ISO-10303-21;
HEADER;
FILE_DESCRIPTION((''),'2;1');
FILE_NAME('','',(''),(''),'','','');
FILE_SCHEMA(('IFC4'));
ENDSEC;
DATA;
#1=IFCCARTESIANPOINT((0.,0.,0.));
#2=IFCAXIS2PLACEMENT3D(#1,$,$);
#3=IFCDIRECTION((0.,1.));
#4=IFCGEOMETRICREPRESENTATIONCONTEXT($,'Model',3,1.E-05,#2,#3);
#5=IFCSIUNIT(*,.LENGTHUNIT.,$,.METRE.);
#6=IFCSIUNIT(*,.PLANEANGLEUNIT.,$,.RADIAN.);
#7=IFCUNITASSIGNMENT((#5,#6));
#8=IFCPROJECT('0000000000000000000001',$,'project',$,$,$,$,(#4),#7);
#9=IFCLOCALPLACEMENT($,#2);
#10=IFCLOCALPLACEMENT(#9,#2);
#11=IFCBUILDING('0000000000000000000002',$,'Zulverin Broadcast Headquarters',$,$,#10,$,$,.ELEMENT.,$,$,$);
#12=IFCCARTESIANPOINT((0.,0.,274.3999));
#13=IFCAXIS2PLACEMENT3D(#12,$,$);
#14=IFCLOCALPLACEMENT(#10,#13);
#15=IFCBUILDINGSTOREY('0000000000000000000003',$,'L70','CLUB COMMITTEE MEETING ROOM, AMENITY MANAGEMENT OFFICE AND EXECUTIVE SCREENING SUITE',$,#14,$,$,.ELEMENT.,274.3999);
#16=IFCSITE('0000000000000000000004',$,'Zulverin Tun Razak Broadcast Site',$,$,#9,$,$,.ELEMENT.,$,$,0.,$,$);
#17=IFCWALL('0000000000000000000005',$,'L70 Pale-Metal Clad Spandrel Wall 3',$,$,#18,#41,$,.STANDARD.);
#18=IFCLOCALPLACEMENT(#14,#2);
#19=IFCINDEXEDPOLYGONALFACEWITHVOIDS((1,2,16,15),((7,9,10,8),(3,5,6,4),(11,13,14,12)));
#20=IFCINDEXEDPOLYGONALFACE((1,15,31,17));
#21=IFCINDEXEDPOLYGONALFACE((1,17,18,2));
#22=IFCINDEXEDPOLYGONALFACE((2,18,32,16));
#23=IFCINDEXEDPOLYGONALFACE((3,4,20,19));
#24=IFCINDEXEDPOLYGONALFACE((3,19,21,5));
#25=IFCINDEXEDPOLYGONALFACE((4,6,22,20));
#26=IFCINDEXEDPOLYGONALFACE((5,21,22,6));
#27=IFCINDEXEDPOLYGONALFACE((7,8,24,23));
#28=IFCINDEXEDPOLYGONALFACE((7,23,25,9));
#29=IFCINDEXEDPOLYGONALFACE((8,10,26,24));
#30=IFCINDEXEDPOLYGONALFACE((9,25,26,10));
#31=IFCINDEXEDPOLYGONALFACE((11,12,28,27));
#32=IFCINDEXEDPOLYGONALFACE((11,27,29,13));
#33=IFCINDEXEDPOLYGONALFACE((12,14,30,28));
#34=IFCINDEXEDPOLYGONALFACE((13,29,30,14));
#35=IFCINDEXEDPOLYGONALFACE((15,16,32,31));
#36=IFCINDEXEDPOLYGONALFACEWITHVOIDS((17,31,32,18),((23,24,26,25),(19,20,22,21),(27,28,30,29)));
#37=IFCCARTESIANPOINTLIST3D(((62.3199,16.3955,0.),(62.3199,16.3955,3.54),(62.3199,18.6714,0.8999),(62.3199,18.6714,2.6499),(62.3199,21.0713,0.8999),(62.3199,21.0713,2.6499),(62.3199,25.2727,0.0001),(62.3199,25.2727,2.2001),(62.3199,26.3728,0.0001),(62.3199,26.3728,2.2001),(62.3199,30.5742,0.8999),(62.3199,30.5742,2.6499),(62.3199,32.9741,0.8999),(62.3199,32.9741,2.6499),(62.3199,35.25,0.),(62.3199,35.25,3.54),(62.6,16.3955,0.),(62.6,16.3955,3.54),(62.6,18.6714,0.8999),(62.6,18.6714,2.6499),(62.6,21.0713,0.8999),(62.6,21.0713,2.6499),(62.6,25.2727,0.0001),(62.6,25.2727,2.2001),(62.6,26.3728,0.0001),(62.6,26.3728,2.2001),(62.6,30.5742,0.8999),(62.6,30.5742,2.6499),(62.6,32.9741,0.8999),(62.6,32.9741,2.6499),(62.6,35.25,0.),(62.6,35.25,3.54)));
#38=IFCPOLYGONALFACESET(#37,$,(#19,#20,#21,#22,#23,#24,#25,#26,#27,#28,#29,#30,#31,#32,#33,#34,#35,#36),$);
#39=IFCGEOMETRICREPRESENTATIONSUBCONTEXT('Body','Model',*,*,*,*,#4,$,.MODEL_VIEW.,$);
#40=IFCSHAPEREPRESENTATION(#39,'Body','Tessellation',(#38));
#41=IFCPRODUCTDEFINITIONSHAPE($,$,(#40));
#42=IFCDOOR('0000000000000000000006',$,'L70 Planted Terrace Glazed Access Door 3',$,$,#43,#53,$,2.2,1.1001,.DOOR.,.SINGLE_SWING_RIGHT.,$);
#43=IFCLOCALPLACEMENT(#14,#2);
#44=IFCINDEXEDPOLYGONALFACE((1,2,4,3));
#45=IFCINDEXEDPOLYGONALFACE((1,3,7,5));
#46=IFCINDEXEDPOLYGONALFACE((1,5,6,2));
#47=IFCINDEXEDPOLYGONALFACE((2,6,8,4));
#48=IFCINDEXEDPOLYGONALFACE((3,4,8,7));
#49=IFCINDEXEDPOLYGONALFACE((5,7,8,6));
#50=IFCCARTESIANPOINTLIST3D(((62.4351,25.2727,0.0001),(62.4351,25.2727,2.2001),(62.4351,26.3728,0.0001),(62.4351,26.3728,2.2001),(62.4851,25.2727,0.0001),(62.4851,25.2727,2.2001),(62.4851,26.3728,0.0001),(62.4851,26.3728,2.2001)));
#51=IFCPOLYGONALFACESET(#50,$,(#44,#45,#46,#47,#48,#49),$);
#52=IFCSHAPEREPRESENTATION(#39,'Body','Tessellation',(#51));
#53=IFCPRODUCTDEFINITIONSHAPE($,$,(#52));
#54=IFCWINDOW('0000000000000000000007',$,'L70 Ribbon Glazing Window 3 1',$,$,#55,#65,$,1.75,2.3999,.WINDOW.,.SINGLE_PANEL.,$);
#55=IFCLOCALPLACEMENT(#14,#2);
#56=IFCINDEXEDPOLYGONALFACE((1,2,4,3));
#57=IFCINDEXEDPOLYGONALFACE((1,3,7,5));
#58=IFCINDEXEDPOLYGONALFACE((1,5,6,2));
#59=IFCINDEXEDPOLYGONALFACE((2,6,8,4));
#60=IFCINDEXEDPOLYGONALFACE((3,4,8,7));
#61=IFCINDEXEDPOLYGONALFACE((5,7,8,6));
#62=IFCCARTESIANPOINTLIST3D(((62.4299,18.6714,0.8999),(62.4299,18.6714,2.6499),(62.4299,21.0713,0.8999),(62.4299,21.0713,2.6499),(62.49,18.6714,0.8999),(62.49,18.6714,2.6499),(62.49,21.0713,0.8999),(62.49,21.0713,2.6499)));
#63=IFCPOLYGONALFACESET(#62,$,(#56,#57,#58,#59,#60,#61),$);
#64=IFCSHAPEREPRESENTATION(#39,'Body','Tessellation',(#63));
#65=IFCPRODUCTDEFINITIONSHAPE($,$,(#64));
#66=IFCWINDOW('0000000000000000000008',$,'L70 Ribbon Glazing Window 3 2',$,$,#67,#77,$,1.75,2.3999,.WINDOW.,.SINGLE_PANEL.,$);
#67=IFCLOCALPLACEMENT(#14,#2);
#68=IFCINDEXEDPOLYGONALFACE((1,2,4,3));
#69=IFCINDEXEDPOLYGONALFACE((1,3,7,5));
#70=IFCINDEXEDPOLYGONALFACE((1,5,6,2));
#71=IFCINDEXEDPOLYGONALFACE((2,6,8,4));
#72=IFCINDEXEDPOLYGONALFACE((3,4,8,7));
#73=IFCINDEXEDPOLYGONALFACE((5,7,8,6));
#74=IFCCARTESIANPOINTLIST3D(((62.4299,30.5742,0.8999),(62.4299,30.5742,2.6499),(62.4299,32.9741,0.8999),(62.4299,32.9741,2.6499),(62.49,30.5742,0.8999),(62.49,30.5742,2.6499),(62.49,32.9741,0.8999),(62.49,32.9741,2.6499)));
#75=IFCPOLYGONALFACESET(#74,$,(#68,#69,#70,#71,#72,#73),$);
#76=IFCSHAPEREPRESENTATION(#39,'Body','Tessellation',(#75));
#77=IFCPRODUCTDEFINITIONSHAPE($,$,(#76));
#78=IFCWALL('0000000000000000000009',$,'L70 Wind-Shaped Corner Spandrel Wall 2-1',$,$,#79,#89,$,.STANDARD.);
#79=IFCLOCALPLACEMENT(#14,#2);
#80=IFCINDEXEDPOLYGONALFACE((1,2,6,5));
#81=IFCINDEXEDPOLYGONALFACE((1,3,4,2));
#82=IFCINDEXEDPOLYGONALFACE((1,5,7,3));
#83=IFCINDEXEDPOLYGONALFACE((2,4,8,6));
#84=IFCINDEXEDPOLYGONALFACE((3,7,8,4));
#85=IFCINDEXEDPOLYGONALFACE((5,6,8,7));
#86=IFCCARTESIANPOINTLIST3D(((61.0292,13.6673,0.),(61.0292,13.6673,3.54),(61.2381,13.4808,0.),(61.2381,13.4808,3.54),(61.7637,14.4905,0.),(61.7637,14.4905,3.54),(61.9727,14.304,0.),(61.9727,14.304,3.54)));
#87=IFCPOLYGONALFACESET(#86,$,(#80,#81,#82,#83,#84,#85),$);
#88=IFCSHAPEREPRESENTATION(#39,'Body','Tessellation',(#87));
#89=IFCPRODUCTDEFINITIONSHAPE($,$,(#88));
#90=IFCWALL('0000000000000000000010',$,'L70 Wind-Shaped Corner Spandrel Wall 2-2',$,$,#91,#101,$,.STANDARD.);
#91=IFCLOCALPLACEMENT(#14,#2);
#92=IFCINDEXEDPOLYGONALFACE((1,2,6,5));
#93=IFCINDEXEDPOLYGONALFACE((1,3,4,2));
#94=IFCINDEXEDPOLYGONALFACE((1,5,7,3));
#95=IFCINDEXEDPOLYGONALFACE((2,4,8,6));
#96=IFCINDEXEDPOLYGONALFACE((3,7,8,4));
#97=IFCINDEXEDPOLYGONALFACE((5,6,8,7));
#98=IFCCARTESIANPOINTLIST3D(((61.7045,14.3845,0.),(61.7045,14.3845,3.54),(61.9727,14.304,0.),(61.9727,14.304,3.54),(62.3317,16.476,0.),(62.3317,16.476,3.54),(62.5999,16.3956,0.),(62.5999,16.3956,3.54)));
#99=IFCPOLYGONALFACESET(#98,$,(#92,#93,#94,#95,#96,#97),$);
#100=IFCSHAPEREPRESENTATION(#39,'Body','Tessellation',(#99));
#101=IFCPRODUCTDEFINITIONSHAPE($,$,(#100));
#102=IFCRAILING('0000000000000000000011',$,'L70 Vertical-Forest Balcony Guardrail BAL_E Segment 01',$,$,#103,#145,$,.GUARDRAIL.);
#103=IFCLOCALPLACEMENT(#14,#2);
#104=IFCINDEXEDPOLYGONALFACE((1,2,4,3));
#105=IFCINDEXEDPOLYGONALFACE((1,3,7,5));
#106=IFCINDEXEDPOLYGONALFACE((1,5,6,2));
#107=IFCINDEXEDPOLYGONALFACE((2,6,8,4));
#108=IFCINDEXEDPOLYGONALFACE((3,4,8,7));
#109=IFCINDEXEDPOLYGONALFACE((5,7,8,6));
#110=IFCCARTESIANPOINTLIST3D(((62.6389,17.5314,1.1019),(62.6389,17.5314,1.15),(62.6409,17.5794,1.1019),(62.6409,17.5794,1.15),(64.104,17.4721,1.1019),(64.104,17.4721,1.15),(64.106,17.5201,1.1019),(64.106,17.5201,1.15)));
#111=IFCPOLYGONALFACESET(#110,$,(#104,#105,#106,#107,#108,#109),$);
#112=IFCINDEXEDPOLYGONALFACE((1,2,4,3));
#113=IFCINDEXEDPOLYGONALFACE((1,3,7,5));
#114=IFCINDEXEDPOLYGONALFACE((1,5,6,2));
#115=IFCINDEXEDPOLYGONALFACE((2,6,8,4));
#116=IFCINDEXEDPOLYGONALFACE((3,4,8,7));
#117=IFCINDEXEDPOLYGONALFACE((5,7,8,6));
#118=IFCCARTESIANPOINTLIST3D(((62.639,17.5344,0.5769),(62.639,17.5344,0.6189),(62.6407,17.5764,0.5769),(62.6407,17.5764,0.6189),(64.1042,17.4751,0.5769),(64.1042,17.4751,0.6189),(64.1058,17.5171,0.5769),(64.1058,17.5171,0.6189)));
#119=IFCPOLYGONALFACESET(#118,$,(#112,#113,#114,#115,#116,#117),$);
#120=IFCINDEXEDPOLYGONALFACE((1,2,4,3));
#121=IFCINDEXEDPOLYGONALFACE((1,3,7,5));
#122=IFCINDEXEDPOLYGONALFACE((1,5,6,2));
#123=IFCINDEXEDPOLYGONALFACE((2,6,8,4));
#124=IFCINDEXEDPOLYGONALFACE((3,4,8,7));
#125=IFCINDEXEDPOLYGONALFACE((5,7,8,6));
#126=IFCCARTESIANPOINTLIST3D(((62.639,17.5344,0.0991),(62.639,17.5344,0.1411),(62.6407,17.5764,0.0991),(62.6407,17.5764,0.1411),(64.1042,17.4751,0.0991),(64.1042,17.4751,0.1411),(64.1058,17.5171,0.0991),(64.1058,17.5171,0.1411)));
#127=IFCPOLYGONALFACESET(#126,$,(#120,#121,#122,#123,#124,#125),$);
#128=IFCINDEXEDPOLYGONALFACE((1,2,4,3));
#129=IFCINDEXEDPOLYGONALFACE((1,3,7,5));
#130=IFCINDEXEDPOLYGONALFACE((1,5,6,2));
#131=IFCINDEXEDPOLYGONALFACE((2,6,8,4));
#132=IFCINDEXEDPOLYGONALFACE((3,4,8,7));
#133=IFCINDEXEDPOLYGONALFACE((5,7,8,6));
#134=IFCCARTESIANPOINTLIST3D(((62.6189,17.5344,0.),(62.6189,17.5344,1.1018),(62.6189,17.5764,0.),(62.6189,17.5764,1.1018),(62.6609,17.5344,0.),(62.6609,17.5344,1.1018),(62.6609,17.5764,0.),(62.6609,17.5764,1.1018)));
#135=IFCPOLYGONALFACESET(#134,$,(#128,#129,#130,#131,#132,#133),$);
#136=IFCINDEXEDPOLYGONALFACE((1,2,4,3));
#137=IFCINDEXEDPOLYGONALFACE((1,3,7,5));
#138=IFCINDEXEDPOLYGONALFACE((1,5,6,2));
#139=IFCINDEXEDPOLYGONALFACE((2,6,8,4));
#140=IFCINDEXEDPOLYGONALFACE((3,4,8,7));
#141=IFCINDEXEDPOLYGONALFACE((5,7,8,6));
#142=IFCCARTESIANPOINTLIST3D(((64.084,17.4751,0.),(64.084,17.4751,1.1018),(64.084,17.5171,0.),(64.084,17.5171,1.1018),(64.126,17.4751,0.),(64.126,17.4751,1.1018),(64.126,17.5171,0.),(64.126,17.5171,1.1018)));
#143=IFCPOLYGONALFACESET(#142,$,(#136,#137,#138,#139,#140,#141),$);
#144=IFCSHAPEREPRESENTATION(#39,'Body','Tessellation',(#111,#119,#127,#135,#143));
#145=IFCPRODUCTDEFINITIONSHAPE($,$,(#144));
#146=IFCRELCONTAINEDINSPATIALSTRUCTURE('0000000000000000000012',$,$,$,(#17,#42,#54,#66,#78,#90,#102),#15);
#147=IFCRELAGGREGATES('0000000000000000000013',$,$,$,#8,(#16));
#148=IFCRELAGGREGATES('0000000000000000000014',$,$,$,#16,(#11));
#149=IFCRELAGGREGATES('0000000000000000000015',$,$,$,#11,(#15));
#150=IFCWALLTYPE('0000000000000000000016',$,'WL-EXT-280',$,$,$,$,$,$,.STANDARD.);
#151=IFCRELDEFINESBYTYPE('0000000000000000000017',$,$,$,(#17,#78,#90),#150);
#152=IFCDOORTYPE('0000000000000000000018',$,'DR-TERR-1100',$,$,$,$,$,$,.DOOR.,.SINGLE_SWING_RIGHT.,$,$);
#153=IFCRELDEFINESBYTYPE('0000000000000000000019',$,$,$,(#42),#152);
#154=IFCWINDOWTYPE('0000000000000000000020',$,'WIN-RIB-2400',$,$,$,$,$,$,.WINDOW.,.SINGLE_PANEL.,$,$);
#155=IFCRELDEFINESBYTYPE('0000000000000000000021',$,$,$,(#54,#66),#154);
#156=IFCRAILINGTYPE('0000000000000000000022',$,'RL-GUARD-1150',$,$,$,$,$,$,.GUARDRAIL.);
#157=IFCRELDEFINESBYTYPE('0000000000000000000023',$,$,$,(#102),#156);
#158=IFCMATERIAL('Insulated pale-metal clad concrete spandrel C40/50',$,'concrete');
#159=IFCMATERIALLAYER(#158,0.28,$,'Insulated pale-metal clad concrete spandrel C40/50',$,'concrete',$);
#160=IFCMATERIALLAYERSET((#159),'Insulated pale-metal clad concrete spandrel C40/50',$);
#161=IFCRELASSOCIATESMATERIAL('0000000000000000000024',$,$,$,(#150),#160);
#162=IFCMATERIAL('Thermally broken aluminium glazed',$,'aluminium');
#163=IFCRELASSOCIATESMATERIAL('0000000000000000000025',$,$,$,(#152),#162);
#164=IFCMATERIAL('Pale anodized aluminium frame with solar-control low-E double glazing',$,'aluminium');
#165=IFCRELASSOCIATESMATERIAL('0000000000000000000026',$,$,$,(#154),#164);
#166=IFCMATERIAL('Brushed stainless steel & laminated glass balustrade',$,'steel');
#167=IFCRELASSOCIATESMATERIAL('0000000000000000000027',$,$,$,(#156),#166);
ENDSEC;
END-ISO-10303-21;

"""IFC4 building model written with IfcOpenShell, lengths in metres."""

from ifc_helpers import new_model, si_unit, direction, frame, frame_2d, origin, origin_2d, place, context, subcontext, project, spatial, rectangle, extrude, material, layer, layer_set, type_object, element, fill, save


model = new_model("IFC4")

# Units and contexts
model_context = context("Model", 3, precision=1e-05, world=origin(), true_north=direction((0.0, 1.0)))
body_context = subcontext(model_context, "Body", "Model", "MODEL_VIEW")
ifc_project = project(units=[si_unit("LENGTHUNIT", "METRE"), si_unit("PLANEANGLEUNIT", "RADIAN")], contexts=[model_context])

# Site, building, storey
site_placement = place(None, origin())
site = spatial("IfcSite", under=ifc_project, at=site_placement, Name="Zulverin Tun Razak Broadcast Site", CompositionType="ELEMENT", RefElevation=0.0)
building_placement = place(site_placement, origin())
building = spatial("IfcBuilding", under=site, at=building_placement, Name="Zulverin Broadcast Headquarters", CompositionType="ELEMENT")
storey_placement = place(building_placement, frame((0.0, 0.0, 274.3999)))
storey = spatial("IfcBuildingStorey", under=building, at=storey_placement, Name="L70", Description="CLUB COMMITTEE MEETING ROOM, AMENITY MANAGEMENT OFFICE AND EXECUTIVE SCREENING SUITE", CompositionType="ELEMENT", Elevation=274.3999)

# Wall, openings, door, windows
ifc_material_1 = material(Name="Insulated pale-metal clad concrete spandrel C40/50", Category="concrete")
ifc_layer_1 = layer(ifc_material_1, 0.28, Name="Insulated pale-metal clad concrete spandrel C40/50", Category="concrete")
ifc_layer_set_1 = layer_set([ifc_layer_1], Name="Insulated pale-metal clad concrete spandrel C40/50")
wall_type = type_object("IfcWallType", Name="WL-EXT-280", PredefinedType="STANDARD", material=ifc_layer_set_1)
wall_1_placement = place(storey_placement, frame((62.46, 16.3955, 0.0), z_axis=(0.0, 0.0, 1.0), x_axis=(0.0, 1.0, 0.0)))
wall_1 = element("IfcWall", 1, at=wall_1_placement, inside=storey, type_object=wall_type, Name="L70 Pale-Metal Clad Spandrel Wall 3", PredefinedType="STANDARD", context=body_context, shape_type="SweptSolid", body=[
    extrude(rectangle(XDim=18.8545, YDim=0.28, at=frame_2d((9.4272, 0.0))), origin(), (0.0, 0.0, 1.0), 3.54),
])
opening_1_placement = place(wall_1_placement, frame((8.8772, 0.0, 0.0)))
opening_1 = element("IfcOpeningElement", 2, at=opening_1_placement, cuts=wall_1, PredefinedType="OPENING", context=body_context, shape_type="SweptSolid", body=[
    extrude(rectangle(XDim=1.1001, YDim=2.2, at=frame_2d((0.55, 1.1001))), frame((0.0, 0.1499, 0.0), z_axis=(0.0, -1.0, 0.0), x_axis=(1.0, 0.0, 0.0)), (0.0, 0.0, 1.0), 0.3),
])
opening_2_placement = place(wall_1_placement, frame((2.2759, 0.0, 0.8999)))
opening_2 = element("IfcOpeningElement", 3, at=opening_2_placement, cuts=wall_1, PredefinedType="OPENING", context=body_context, shape_type="SweptSolid", body=[
    extrude(rectangle(XDim=2.3999, YDim=1.75, at=frame_2d((1.2, 0.875))), frame((0.0, 0.1499, 0.0), z_axis=(0.0, -1.0, 0.0), x_axis=(1.0, 0.0, 0.0)), (0.0, 0.0, 1.0), 0.3),
])
opening_3_placement = place(wall_1_placement, frame((14.1787, 0.0, 0.8999)))
opening_3 = element("IfcOpeningElement", 4, at=opening_3_placement, cuts=wall_1, PredefinedType="OPENING", context=body_context, shape_type="SweptSolid", body=[
    extrude(rectangle(XDim=2.3999, YDim=1.75, at=frame_2d((1.2, 0.875))), frame((0.0, 0.1499, 0.0), z_axis=(0.0, -1.0, 0.0), x_axis=(1.0, 0.0, 0.0)), (0.0, 0.0, 1.0), 0.3),
])
ifc_material_2 = material(Name="Thermally broken aluminium glazed", Category="aluminium")
door_type = type_object("IfcDoorType", Name="DR-TERR-1100", OperationType="SINGLE_SWING_RIGHT", PredefinedType="DOOR", material=ifc_material_2)
door_placement = place(opening_1_placement, origin())
door = element("IfcDoor", 5, at=door_placement, inside=storey, type_object=door_type, Name="L70 Planted Terrace Glazed Access Door 3", OperationType="SINGLE_SWING_RIGHT", OverallHeight=2.2, OverallWidth=1.1001, PredefinedType="DOOR", context=body_context, shape_type="SweptSolid", body=[
    extrude(rectangle(XDim=1.1001, YDim=2.2, at=frame_2d((0.55, 1.1001))), frame((0.0, 0.0249, 0.0), z_axis=(0.0, -1.0, 0.0), x_axis=(1.0, 0.0, 0.0)), (0.0, 0.0, 1.0), 0.05),
])
fill(opening_1, door)
ifc_material_3 = material(Name="Pale anodized aluminium frame with solar-control low-E double glazing", Category="aluminium")
window_type = type_object("IfcWindowType", Name="WIN-RIB-2400", PartitioningType="SINGLE_PANEL", PredefinedType="WINDOW", material=ifc_material_3)
window_1_placement = place(opening_2_placement, origin())
window_1 = element("IfcWindow", 6, at=window_1_placement, inside=storey, type_object=window_type, Name="L70 Ribbon Glazing Window 3 1", OverallHeight=1.75, OverallWidth=2.3999, PartitioningType="SINGLE_PANEL", PredefinedType="WINDOW", context=body_context, shape_type="SweptSolid", body=[
    extrude(rectangle(XDim=2.3999, YDim=1.75, at=frame_2d((1.2, 0.875))), frame((0.0, 0.03, 0.0), z_axis=(0.0, -1.0, 0.0), x_axis=(1.0, 0.0, 0.0)), (0.0, 0.0, 1.0), 0.0601),
])
fill(opening_2, window_1)
window_2_placement = place(opening_3_placement, origin())
window_2 = element("IfcWindow", 7, at=window_2_placement, inside=storey, type_object=window_type, Name="L70 Ribbon Glazing Window 3 2", OverallHeight=1.75, OverallWidth=2.3999, PartitioningType="SINGLE_PANEL", PredefinedType="WINDOW", context=body_context, shape_type="SweptSolid", body=[
    extrude(rectangle(XDim=2.3999, YDim=1.75, at=frame_2d((1.2, 0.875))), frame((0.0, 0.03, 0.0), z_axis=(0.0, -1.0, 0.0), x_axis=(1.0, 0.0, 0.0)), (0.0, 0.0, 1.0), 0.0601),
])
fill(opening_3, window_2)

# Walls
wall_2_placement = place(storey_placement, frame((61.1335, 13.574, 0.0), z_axis=(0.0, 0.0, 1.0), x_axis=(0.665805, 0.746126, 0.0)))
element("IfcWall", 8, at=wall_2_placement, inside=storey, type_object=wall_type, Name="L70 Wind-Shaped Corner Spandrel Wall 2-1", PredefinedType="STANDARD", context=body_context, shape_type="SweptSolid", body=[
    extrude(rectangle(XDim=1.1033, YDim=0.28, at=frame_2d((0.5518, 0.0))), origin(), (0.0, 0.0, 1.0), 3.54),
])
wall_3_placement = place(storey_placement, frame((61.8386, 14.3442, 0.0), z_axis=(0.0, 0.0, 1.0), x_axis=(0.287235, 0.95786, 0.0)))
element("IfcWall", 9, at=wall_3_placement, inside=storey, type_object=wall_type, Name="L70 Wind-Shaped Corner Spandrel Wall 2-2", PredefinedType="STANDARD", context=body_context, shape_type="SweptSolid", body=[
    extrude(rectangle(XDim=2.1836, YDim=0.28, at=frame_2d((1.0918, 0.0))), origin(), (0.0, 0.0, 1.0), 3.54),
])

# Railing
ifc_material_4 = material(Name="Brushed stainless steel & laminated glass balustrade", Category="steel")
railing_type = type_object("IfcRailingType", Name="RL-GUARD-1150", PredefinedType="GUARDRAIL", material=ifc_material_4)
railing_1_placement = place(storey_placement, frame((62.6399, 17.5554, 0.0)))
element("IfcRailing", 10, at=railing_1_placement, inside=storey, type_object=railing_type, Name="L70 Vertical-Forest Balcony Guardrail BAL_E Segment 01", PredefinedType="GUARDRAIL", context=body_context, shape_type="SweptSolid", body=[
    extrude(rectangle(XDim=0.0481, YDim=0.0481, at=origin_2d()), frame((0.0, 0.0, 1.126), z_axis=(0.999181, -0.04046, 0.0), x_axis=(0.04046, 0.999181, 0.0)), (0.0, 0.0, 1.0), 1.4663),
    extrude(rectangle(XDim=0.042, YDim=0.042, at=origin_2d()), frame((0.0, 0.0, 0.5979), z_axis=(0.999181, -0.04046, 0.0), x_axis=(0.04046, 0.999181, 0.0)), (0.0, 0.0, 1.0), 1.4663),
    extrude(rectangle(XDim=0.042, YDim=0.042, at=origin_2d()), frame((0.0, 0.0, 0.1201), z_axis=(0.999181, -0.04046, 0.0), x_axis=(0.04046, 0.999181, 0.0)), (0.0, 0.0, 1.0), 1.4663),
    extrude(rectangle(XDim=0.042, YDim=0.042, at=origin_2d()), origin(), (0.0, 0.0, 1.0), 1.1018),
    extrude(rectangle(XDim=0.042, YDim=0.042, at=origin_2d()), frame((1.4651, -0.0593, 0.0)), (0.0, 0.0, 1.0), 1.1018),
])

save(model, "model.ifc")
